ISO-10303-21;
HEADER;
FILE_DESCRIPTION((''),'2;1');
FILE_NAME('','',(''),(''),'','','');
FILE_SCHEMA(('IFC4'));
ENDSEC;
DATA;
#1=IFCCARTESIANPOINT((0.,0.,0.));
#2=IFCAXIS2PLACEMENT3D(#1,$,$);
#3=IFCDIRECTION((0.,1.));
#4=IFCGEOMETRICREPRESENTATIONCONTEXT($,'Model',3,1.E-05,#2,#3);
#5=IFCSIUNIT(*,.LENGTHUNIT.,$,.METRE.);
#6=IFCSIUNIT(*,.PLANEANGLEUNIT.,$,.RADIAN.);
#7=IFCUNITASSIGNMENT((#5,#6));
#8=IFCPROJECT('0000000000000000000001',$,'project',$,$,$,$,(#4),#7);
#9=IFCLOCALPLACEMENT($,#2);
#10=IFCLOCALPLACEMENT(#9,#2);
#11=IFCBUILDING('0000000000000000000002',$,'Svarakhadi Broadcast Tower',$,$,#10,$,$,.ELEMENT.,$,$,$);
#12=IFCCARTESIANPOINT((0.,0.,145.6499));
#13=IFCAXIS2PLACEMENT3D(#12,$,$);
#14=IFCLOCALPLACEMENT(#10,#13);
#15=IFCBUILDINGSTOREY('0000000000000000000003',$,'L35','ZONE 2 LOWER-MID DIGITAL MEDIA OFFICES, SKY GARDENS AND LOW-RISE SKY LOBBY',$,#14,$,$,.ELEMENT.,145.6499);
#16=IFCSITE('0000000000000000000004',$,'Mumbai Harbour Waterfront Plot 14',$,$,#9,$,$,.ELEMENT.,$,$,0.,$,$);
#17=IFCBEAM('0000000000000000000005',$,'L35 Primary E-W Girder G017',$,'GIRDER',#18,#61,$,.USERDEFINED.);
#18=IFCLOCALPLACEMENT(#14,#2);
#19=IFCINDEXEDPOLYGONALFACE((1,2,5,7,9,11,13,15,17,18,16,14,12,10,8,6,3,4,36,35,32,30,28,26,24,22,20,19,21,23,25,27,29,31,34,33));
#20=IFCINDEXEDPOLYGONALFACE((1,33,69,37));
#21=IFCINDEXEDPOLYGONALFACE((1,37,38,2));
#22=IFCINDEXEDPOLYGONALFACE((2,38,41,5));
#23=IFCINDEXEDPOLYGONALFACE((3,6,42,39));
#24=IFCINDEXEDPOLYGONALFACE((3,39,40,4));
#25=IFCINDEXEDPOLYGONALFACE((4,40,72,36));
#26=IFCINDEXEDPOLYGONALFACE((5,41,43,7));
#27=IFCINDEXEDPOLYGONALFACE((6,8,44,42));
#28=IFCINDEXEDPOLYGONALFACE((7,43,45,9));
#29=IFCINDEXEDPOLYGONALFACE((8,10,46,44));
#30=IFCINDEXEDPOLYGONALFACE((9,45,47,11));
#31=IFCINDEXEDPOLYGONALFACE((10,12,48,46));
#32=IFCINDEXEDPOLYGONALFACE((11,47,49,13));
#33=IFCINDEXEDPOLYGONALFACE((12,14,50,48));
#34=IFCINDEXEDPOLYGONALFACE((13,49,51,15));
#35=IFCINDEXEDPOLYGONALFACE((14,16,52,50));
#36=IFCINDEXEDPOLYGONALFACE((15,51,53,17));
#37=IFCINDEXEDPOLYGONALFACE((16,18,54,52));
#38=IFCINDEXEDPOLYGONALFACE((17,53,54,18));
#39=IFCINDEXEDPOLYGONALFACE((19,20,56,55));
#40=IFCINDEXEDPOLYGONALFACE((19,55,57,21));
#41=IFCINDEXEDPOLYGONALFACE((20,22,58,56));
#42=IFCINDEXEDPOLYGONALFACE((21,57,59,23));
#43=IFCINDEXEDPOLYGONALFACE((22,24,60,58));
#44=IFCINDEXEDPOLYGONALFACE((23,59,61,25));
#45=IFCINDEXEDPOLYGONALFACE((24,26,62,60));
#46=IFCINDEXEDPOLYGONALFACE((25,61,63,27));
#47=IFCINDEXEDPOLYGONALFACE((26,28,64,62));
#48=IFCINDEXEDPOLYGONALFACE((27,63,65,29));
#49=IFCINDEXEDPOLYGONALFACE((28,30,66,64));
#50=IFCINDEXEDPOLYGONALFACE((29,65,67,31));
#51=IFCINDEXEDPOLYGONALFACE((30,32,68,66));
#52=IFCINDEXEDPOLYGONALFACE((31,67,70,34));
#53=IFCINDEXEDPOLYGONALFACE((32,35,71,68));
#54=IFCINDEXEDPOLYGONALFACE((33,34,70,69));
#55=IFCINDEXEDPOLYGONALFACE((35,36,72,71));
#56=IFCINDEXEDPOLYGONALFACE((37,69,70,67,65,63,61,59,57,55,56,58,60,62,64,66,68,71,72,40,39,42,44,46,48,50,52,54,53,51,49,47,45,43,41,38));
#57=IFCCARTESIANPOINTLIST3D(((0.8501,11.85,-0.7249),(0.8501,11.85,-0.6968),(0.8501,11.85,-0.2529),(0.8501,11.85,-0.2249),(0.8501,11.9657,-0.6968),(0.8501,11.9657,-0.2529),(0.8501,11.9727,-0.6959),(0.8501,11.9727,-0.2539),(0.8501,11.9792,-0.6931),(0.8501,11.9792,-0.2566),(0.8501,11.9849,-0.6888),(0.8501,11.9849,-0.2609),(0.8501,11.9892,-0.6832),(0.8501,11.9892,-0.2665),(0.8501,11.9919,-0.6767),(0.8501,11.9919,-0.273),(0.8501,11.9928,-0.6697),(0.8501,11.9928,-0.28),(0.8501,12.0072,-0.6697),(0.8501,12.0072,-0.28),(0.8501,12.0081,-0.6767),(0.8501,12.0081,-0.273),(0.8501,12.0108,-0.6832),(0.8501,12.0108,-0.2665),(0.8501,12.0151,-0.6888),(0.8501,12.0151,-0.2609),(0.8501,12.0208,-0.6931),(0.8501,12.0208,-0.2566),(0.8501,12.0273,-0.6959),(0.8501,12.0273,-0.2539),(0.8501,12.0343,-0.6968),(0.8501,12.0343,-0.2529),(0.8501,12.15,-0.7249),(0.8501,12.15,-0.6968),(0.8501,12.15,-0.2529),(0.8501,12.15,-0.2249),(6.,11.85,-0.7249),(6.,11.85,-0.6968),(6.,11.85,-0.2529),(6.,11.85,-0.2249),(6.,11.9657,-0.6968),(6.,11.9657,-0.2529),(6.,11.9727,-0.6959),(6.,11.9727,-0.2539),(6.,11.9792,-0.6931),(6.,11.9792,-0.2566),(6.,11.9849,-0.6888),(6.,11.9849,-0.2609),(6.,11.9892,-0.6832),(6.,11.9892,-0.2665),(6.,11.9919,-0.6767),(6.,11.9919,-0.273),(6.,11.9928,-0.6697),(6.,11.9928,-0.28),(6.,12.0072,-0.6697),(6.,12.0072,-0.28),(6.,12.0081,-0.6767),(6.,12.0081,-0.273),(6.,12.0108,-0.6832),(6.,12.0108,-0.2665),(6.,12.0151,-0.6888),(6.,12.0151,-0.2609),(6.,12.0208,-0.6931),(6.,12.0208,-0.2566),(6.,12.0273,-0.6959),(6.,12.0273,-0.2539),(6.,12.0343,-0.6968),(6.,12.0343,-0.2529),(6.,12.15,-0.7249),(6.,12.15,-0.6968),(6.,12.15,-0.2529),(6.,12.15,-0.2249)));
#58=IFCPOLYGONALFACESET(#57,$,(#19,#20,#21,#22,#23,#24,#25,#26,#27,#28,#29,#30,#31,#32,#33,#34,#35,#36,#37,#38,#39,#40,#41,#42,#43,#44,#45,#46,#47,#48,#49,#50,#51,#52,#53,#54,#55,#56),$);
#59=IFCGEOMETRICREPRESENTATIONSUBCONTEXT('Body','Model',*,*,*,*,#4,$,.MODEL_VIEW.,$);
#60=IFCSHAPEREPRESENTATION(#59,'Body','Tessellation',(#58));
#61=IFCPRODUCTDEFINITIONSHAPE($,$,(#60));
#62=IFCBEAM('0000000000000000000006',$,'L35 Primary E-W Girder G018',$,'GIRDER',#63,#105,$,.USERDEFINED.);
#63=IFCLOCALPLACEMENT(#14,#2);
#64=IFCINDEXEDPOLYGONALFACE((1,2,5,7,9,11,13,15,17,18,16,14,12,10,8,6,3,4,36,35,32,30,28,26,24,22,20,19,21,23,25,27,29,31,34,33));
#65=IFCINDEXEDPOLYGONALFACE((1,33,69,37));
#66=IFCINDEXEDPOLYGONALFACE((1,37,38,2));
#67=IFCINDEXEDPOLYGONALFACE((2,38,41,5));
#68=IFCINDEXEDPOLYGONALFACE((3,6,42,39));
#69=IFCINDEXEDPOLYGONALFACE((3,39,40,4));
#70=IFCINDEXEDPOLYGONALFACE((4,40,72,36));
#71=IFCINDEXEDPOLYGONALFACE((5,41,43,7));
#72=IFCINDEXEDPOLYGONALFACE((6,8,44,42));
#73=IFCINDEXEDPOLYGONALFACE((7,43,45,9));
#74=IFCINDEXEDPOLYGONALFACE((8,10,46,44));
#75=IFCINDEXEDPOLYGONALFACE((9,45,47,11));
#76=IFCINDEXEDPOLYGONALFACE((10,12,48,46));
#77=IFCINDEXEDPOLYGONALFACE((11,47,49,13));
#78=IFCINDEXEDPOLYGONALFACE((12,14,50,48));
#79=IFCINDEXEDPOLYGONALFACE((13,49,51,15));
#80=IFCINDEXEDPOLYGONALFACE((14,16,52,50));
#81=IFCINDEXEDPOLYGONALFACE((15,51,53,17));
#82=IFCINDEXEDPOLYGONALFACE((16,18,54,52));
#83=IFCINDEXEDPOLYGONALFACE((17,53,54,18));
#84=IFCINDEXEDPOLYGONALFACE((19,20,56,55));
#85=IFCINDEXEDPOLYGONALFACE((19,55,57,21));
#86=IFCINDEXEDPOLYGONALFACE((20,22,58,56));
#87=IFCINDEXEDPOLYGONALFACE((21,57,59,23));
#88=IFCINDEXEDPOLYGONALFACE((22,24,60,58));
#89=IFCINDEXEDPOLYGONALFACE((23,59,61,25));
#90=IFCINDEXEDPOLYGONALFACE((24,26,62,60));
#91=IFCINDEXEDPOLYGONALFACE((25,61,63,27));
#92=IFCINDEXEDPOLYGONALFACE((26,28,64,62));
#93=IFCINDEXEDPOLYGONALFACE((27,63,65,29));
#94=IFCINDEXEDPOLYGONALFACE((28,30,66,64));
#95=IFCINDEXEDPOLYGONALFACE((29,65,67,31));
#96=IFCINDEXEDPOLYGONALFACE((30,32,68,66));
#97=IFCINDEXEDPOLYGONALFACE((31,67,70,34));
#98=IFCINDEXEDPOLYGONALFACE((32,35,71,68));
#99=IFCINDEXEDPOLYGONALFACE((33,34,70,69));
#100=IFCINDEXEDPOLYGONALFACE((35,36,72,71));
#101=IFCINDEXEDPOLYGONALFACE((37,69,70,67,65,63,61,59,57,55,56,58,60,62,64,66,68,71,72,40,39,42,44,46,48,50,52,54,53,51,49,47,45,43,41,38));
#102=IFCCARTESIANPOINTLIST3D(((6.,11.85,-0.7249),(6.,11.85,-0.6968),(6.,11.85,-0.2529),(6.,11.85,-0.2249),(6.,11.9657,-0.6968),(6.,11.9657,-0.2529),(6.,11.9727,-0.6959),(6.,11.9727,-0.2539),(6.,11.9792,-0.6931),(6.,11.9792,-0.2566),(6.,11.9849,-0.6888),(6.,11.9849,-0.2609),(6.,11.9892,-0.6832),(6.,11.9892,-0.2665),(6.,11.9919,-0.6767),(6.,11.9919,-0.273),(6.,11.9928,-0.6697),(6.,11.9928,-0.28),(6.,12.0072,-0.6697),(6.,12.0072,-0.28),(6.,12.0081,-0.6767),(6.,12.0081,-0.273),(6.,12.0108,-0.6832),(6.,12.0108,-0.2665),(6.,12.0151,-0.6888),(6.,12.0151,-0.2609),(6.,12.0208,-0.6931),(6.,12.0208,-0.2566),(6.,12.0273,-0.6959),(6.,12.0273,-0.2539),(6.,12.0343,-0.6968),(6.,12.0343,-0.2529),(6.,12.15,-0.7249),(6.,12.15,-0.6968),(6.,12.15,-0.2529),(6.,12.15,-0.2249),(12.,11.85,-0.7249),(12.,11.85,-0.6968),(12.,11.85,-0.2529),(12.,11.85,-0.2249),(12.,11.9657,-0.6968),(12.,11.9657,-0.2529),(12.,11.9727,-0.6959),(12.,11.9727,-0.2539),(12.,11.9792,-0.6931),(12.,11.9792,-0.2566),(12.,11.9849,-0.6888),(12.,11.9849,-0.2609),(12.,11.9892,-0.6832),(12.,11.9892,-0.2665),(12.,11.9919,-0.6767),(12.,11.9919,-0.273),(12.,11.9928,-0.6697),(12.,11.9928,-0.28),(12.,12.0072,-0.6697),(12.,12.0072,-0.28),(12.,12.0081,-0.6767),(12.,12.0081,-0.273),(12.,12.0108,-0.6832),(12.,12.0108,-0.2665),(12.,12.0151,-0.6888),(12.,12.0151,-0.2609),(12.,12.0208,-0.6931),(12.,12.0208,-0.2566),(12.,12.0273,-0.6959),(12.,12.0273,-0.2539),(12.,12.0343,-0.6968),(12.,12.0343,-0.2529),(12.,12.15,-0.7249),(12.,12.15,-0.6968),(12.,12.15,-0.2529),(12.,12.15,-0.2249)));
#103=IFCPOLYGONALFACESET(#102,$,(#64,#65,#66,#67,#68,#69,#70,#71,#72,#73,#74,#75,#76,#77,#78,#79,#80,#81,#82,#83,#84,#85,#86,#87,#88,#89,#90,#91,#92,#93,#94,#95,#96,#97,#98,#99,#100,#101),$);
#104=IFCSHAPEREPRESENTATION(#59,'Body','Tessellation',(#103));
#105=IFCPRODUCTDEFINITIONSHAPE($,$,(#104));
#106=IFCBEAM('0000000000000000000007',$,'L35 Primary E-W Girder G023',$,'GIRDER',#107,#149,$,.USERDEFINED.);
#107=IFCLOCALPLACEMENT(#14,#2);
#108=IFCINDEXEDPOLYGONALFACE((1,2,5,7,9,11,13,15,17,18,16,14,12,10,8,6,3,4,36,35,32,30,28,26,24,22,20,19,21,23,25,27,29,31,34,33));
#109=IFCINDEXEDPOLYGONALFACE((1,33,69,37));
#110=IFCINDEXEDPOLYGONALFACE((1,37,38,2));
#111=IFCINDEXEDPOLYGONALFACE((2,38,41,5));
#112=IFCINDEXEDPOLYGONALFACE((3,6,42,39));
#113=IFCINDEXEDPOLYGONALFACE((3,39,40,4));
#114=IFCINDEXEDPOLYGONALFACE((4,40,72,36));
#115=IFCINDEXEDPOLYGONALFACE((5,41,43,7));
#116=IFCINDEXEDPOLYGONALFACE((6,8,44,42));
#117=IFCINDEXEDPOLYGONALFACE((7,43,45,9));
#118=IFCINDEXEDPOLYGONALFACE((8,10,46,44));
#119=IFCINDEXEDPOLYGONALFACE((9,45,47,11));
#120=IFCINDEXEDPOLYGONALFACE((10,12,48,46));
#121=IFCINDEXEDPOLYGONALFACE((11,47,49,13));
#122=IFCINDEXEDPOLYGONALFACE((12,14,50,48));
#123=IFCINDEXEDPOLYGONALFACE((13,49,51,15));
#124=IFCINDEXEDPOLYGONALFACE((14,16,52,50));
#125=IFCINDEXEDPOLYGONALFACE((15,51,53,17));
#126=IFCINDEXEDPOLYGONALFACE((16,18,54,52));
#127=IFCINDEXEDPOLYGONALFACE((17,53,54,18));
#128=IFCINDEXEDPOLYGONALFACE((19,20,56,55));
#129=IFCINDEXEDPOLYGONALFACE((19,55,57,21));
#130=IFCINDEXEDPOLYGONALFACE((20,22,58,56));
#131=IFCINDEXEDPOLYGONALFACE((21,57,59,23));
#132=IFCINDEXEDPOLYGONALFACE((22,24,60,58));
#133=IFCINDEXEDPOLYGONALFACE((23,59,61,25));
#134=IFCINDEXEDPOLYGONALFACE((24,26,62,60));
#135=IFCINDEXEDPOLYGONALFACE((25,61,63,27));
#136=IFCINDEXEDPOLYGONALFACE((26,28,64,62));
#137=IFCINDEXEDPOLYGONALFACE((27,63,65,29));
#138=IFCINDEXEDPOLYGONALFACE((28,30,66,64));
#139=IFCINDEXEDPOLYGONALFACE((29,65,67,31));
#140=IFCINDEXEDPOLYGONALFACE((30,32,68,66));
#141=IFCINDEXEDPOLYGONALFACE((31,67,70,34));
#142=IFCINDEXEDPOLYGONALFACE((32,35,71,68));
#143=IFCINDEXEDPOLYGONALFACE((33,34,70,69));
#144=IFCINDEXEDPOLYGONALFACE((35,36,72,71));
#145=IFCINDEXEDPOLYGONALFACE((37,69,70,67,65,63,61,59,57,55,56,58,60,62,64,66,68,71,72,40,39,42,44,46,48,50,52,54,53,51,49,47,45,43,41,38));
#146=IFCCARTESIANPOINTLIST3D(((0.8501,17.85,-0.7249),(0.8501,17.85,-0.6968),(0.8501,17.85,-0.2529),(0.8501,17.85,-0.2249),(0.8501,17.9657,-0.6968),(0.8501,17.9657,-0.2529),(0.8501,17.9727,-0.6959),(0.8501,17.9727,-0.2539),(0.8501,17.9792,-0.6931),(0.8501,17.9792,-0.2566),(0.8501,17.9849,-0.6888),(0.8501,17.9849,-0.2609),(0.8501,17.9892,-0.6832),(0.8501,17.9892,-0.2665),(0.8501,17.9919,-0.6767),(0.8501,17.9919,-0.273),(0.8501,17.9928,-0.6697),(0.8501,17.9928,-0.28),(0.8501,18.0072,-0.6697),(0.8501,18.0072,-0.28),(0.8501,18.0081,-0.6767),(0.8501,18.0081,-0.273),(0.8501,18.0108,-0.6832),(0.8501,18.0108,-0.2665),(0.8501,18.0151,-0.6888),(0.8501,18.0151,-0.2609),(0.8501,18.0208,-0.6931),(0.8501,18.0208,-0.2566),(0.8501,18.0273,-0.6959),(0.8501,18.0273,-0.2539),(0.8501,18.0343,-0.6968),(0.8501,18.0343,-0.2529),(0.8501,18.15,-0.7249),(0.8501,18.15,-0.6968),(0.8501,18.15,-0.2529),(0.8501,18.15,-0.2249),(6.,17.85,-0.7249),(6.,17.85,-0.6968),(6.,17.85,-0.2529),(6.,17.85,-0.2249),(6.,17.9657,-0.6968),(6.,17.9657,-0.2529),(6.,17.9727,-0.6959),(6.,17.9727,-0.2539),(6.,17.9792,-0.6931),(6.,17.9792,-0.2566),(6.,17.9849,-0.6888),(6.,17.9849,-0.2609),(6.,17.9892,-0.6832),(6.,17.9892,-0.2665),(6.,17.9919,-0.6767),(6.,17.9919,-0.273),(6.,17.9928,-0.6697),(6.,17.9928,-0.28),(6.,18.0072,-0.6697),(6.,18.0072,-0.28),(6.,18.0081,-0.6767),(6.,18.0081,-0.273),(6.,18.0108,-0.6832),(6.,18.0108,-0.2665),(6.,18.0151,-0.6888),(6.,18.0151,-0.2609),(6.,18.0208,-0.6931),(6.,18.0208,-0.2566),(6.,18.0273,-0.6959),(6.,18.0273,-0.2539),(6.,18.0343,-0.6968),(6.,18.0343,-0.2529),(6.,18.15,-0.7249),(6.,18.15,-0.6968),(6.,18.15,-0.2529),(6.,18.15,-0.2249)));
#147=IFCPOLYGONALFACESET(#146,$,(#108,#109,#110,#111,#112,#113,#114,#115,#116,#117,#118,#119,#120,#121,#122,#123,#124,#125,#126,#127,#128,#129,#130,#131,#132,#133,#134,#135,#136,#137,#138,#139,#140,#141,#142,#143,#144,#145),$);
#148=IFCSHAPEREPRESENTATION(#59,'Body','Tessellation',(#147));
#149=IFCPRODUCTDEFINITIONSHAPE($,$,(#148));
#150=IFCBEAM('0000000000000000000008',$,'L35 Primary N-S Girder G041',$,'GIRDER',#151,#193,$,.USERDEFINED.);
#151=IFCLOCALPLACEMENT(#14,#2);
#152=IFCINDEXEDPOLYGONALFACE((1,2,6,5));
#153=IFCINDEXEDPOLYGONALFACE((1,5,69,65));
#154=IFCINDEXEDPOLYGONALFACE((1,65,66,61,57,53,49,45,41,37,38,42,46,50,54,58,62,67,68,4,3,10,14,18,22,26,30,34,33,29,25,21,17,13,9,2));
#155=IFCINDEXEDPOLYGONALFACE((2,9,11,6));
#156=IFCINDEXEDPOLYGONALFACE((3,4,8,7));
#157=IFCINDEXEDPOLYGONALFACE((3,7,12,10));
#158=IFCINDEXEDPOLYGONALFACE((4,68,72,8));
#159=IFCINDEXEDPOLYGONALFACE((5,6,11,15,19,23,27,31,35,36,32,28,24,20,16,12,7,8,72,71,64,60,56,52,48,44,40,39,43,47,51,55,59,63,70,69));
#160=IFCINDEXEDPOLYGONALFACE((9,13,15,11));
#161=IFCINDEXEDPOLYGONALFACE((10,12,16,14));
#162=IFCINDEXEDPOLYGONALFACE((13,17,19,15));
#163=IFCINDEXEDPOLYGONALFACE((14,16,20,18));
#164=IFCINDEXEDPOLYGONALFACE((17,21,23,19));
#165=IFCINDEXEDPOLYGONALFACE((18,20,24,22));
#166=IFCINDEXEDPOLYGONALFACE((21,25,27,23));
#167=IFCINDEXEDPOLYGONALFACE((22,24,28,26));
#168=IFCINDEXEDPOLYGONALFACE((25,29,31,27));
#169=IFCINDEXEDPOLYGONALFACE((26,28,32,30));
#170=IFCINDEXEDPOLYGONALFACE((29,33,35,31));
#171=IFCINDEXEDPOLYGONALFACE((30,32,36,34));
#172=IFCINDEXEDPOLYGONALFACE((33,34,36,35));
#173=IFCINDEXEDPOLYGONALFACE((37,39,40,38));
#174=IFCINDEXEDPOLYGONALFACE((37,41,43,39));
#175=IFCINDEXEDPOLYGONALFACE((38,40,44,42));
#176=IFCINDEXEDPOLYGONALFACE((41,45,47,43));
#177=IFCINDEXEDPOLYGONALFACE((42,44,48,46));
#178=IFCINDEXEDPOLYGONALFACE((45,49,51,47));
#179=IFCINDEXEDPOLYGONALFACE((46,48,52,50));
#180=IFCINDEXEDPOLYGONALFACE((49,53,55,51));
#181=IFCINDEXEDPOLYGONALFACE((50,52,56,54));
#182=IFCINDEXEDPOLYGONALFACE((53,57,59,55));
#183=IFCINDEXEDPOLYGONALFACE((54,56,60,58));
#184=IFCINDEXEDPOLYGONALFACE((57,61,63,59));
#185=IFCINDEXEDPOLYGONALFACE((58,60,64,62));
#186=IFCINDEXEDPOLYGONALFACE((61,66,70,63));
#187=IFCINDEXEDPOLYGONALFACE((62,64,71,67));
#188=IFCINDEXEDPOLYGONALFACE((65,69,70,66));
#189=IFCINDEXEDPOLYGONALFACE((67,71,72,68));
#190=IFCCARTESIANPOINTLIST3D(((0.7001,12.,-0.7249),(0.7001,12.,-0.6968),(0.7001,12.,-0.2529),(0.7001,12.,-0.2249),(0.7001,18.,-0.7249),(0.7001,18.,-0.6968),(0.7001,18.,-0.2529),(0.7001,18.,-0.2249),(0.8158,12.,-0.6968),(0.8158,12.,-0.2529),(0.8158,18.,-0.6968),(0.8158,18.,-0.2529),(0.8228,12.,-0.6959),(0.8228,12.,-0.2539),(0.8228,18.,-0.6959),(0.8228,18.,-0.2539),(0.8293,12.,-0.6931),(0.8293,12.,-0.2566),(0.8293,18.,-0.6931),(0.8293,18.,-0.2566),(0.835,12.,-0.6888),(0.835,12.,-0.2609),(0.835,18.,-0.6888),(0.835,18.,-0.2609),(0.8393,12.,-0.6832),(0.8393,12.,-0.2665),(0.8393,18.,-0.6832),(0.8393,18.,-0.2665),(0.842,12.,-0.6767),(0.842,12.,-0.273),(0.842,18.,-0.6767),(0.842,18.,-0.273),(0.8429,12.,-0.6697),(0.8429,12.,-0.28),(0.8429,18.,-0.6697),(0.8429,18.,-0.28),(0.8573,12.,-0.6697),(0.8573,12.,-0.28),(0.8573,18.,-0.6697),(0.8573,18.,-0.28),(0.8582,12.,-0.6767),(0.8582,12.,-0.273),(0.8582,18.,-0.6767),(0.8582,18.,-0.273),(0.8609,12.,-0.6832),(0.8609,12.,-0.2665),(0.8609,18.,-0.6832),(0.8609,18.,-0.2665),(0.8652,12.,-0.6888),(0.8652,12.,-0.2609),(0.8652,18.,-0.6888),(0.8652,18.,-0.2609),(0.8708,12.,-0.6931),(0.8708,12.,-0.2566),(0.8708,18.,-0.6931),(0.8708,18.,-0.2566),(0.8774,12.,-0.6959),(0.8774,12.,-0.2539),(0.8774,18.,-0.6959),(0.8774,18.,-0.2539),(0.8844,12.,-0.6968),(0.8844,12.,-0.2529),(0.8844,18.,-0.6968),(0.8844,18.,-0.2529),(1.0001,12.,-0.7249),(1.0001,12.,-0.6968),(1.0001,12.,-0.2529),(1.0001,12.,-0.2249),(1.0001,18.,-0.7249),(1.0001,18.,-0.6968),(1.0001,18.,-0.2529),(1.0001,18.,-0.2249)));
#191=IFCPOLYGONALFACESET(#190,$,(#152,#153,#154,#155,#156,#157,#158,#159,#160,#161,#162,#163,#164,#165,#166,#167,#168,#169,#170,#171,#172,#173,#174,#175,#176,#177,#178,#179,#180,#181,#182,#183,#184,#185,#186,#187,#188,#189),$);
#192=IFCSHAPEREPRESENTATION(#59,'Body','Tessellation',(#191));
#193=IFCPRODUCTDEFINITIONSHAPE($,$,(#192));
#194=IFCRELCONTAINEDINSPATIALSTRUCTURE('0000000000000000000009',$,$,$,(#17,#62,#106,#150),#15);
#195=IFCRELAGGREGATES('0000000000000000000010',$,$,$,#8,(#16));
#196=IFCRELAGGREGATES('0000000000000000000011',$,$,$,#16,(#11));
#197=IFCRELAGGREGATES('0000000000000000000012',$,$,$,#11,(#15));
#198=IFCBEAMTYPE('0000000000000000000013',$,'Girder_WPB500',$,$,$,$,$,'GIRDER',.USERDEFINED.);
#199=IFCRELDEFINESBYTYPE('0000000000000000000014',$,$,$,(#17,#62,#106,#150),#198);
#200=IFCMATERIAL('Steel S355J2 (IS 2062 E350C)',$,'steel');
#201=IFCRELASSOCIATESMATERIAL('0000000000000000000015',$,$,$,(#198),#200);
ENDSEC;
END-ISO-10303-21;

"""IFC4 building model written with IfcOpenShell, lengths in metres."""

from ifc_helpers import new_model, si_unit, direction, frame, origin, origin_2d, place, context, subcontext, project, spatial, i_section, extrude, material, material_profile, profile_set, type_object, element, save


model = new_model("IFC4")

# Units and contexts
model_context = context("Model", 3, precision=1e-05, world=origin(), true_north=direction((0.0, 1.0)))
body_context = subcontext(model_context, "Body", "Model", "MODEL_VIEW")
ifc_project = project(units=[si_unit("LENGTHUNIT", "METRE"), si_unit("PLANEANGLEUNIT", "RADIAN")], contexts=[model_context])

# Site, building, storey
site_placement = place(None, origin())
site = spatial("IfcSite", under=ifc_project, at=site_placement, Name="Mumbai Harbour Waterfront Plot 14", CompositionType="ELEMENT", RefElevation=0.0)
building_placement = place(site_placement, origin())
building = spatial("IfcBuilding", under=site, at=building_placement, Name="Svarakhadi Broadcast Tower", CompositionType="ELEMENT")
storey_placement = place(building_placement, frame((0.0, 0.0, 145.6499)))
storey = spatial("IfcBuildingStorey", under=building, at=storey_placement, Name="L35", Description="ZONE 2 LOWER-MID DIGITAL MEDIA OFFICES, SKY GARDENS AND LOW-RISE SKY LOBBY", CompositionType="ELEMENT", Elevation=145.6499)

# Shared definitions
ifc_material_1 = material(Name="Steel S355J2 (IS 2062 E350C)", Category="steel")

# Beams
ifc_material_profile_1 = material_profile(ifc_material_1, i_section(OverallWidth=0.3, OverallDepth=0.5, WebThickness=0.0144, FlangeThickness=0.0281, FilletRadius=0.0271, at=origin_2d()), Name="WPB 500x300x187")
ifc_profile_set_1 = profile_set([ifc_material_profile_1], Name="Steel S355J2 (IS 2062 E350C)")
beam_type_1 = type_object("IfcBeamType", Name="Girder_WPB500", ElementType="GIRDER", PredefinedType="USERDEFINED", material=ifc_profile_set_1)
beam_1_placement = place(storey_placement, frame((0.8501, 12.0, -0.4749), z_axis=(1.0, 0.0, 0.0), x_axis=(0.0, 1.0, 0.0)))
element("IfcBeam", 1, at=beam_1_placement, inside=storey, type_object=beam_type_1, Name="L35 Primary E-W Girder G017", ObjectType="GIRDER", PredefinedType="USERDEFINED", context=body_context, shape_type="SweptSolid", body=[
    extrude(i_section(OverallWidth=0.3, OverallDepth=0.5, WebThickness=0.0144, FlangeThickness=0.0281, FilletRadius=0.0271, at=origin_2d()), origin(), (0.0, 0.0, 1.0), 5.1499),
])
beam_2_placement = place(storey_placement, frame((6.0, 12.0, -0.4749), z_axis=(1.0, 0.0, 0.0), x_axis=(0.0, 1.0, 0.0)))
element("IfcBeam", 2, at=beam_2_placement, inside=storey, type_object=beam_type_1, Name="L35 Primary E-W Girder G018", ObjectType="GIRDER", PredefinedType="USERDEFINED", context=body_context, shape_type="SweptSolid", body=[
    extrude(i_section(OverallWidth=0.3, OverallDepth=0.5, WebThickness=0.0144, FlangeThickness=0.0281, FilletRadius=0.0271, at=origin_2d()), origin(), (0.0, 0.0, 1.0), 6.0),
])
beam_3_placement = place(storey_placement, frame((0.8501, 18.0, -0.4749), z_axis=(1.0, 0.0, 0.0), x_axis=(0.0, 1.0, 0.0)))
element("IfcBeam", 3, at=beam_3_placement, inside=storey, type_object=beam_type_1, Name="L35 Primary E-W Girder G023", ObjectType="GIRDER", PredefinedType="USERDEFINED", context=body_context, shape_type="SweptSolid", body=[
    extrude(i_section(OverallWidth=0.3, OverallDepth=0.5, WebThickness=0.0144, FlangeThickness=0.0281, FilletRadius=0.0271, at=origin_2d()), origin(), (0.0, 0.0, 1.0), 5.1499),
])
for number, where, z_axis, x_axis, name in (
    (4, (0.8501, 12.0, -0.4749), (0.0, 1.0, 0.0), (-1.0, 0.0, 0.0), "L35 Primary N-S Girder G041"),
):
    element("IfcBeam", number, at=place(storey_placement, frame(where, z_axis=z_axis, x_axis=x_axis)), inside=storey, type_object=beam_type_1, Name=name, ObjectType="GIRDER", PredefinedType="USERDEFINED", context=body_context, shape_type="SweptSolid", body=[
        extrude(i_section(OverallWidth=0.3, OverallDepth=0.5, WebThickness=0.0144, FlangeThickness=0.0281, FilletRadius=0.0271, at=origin_2d()), origin(), (0.0, 0.0, 1.0), 6.0),
    ])

save(model, "model.ifc")
